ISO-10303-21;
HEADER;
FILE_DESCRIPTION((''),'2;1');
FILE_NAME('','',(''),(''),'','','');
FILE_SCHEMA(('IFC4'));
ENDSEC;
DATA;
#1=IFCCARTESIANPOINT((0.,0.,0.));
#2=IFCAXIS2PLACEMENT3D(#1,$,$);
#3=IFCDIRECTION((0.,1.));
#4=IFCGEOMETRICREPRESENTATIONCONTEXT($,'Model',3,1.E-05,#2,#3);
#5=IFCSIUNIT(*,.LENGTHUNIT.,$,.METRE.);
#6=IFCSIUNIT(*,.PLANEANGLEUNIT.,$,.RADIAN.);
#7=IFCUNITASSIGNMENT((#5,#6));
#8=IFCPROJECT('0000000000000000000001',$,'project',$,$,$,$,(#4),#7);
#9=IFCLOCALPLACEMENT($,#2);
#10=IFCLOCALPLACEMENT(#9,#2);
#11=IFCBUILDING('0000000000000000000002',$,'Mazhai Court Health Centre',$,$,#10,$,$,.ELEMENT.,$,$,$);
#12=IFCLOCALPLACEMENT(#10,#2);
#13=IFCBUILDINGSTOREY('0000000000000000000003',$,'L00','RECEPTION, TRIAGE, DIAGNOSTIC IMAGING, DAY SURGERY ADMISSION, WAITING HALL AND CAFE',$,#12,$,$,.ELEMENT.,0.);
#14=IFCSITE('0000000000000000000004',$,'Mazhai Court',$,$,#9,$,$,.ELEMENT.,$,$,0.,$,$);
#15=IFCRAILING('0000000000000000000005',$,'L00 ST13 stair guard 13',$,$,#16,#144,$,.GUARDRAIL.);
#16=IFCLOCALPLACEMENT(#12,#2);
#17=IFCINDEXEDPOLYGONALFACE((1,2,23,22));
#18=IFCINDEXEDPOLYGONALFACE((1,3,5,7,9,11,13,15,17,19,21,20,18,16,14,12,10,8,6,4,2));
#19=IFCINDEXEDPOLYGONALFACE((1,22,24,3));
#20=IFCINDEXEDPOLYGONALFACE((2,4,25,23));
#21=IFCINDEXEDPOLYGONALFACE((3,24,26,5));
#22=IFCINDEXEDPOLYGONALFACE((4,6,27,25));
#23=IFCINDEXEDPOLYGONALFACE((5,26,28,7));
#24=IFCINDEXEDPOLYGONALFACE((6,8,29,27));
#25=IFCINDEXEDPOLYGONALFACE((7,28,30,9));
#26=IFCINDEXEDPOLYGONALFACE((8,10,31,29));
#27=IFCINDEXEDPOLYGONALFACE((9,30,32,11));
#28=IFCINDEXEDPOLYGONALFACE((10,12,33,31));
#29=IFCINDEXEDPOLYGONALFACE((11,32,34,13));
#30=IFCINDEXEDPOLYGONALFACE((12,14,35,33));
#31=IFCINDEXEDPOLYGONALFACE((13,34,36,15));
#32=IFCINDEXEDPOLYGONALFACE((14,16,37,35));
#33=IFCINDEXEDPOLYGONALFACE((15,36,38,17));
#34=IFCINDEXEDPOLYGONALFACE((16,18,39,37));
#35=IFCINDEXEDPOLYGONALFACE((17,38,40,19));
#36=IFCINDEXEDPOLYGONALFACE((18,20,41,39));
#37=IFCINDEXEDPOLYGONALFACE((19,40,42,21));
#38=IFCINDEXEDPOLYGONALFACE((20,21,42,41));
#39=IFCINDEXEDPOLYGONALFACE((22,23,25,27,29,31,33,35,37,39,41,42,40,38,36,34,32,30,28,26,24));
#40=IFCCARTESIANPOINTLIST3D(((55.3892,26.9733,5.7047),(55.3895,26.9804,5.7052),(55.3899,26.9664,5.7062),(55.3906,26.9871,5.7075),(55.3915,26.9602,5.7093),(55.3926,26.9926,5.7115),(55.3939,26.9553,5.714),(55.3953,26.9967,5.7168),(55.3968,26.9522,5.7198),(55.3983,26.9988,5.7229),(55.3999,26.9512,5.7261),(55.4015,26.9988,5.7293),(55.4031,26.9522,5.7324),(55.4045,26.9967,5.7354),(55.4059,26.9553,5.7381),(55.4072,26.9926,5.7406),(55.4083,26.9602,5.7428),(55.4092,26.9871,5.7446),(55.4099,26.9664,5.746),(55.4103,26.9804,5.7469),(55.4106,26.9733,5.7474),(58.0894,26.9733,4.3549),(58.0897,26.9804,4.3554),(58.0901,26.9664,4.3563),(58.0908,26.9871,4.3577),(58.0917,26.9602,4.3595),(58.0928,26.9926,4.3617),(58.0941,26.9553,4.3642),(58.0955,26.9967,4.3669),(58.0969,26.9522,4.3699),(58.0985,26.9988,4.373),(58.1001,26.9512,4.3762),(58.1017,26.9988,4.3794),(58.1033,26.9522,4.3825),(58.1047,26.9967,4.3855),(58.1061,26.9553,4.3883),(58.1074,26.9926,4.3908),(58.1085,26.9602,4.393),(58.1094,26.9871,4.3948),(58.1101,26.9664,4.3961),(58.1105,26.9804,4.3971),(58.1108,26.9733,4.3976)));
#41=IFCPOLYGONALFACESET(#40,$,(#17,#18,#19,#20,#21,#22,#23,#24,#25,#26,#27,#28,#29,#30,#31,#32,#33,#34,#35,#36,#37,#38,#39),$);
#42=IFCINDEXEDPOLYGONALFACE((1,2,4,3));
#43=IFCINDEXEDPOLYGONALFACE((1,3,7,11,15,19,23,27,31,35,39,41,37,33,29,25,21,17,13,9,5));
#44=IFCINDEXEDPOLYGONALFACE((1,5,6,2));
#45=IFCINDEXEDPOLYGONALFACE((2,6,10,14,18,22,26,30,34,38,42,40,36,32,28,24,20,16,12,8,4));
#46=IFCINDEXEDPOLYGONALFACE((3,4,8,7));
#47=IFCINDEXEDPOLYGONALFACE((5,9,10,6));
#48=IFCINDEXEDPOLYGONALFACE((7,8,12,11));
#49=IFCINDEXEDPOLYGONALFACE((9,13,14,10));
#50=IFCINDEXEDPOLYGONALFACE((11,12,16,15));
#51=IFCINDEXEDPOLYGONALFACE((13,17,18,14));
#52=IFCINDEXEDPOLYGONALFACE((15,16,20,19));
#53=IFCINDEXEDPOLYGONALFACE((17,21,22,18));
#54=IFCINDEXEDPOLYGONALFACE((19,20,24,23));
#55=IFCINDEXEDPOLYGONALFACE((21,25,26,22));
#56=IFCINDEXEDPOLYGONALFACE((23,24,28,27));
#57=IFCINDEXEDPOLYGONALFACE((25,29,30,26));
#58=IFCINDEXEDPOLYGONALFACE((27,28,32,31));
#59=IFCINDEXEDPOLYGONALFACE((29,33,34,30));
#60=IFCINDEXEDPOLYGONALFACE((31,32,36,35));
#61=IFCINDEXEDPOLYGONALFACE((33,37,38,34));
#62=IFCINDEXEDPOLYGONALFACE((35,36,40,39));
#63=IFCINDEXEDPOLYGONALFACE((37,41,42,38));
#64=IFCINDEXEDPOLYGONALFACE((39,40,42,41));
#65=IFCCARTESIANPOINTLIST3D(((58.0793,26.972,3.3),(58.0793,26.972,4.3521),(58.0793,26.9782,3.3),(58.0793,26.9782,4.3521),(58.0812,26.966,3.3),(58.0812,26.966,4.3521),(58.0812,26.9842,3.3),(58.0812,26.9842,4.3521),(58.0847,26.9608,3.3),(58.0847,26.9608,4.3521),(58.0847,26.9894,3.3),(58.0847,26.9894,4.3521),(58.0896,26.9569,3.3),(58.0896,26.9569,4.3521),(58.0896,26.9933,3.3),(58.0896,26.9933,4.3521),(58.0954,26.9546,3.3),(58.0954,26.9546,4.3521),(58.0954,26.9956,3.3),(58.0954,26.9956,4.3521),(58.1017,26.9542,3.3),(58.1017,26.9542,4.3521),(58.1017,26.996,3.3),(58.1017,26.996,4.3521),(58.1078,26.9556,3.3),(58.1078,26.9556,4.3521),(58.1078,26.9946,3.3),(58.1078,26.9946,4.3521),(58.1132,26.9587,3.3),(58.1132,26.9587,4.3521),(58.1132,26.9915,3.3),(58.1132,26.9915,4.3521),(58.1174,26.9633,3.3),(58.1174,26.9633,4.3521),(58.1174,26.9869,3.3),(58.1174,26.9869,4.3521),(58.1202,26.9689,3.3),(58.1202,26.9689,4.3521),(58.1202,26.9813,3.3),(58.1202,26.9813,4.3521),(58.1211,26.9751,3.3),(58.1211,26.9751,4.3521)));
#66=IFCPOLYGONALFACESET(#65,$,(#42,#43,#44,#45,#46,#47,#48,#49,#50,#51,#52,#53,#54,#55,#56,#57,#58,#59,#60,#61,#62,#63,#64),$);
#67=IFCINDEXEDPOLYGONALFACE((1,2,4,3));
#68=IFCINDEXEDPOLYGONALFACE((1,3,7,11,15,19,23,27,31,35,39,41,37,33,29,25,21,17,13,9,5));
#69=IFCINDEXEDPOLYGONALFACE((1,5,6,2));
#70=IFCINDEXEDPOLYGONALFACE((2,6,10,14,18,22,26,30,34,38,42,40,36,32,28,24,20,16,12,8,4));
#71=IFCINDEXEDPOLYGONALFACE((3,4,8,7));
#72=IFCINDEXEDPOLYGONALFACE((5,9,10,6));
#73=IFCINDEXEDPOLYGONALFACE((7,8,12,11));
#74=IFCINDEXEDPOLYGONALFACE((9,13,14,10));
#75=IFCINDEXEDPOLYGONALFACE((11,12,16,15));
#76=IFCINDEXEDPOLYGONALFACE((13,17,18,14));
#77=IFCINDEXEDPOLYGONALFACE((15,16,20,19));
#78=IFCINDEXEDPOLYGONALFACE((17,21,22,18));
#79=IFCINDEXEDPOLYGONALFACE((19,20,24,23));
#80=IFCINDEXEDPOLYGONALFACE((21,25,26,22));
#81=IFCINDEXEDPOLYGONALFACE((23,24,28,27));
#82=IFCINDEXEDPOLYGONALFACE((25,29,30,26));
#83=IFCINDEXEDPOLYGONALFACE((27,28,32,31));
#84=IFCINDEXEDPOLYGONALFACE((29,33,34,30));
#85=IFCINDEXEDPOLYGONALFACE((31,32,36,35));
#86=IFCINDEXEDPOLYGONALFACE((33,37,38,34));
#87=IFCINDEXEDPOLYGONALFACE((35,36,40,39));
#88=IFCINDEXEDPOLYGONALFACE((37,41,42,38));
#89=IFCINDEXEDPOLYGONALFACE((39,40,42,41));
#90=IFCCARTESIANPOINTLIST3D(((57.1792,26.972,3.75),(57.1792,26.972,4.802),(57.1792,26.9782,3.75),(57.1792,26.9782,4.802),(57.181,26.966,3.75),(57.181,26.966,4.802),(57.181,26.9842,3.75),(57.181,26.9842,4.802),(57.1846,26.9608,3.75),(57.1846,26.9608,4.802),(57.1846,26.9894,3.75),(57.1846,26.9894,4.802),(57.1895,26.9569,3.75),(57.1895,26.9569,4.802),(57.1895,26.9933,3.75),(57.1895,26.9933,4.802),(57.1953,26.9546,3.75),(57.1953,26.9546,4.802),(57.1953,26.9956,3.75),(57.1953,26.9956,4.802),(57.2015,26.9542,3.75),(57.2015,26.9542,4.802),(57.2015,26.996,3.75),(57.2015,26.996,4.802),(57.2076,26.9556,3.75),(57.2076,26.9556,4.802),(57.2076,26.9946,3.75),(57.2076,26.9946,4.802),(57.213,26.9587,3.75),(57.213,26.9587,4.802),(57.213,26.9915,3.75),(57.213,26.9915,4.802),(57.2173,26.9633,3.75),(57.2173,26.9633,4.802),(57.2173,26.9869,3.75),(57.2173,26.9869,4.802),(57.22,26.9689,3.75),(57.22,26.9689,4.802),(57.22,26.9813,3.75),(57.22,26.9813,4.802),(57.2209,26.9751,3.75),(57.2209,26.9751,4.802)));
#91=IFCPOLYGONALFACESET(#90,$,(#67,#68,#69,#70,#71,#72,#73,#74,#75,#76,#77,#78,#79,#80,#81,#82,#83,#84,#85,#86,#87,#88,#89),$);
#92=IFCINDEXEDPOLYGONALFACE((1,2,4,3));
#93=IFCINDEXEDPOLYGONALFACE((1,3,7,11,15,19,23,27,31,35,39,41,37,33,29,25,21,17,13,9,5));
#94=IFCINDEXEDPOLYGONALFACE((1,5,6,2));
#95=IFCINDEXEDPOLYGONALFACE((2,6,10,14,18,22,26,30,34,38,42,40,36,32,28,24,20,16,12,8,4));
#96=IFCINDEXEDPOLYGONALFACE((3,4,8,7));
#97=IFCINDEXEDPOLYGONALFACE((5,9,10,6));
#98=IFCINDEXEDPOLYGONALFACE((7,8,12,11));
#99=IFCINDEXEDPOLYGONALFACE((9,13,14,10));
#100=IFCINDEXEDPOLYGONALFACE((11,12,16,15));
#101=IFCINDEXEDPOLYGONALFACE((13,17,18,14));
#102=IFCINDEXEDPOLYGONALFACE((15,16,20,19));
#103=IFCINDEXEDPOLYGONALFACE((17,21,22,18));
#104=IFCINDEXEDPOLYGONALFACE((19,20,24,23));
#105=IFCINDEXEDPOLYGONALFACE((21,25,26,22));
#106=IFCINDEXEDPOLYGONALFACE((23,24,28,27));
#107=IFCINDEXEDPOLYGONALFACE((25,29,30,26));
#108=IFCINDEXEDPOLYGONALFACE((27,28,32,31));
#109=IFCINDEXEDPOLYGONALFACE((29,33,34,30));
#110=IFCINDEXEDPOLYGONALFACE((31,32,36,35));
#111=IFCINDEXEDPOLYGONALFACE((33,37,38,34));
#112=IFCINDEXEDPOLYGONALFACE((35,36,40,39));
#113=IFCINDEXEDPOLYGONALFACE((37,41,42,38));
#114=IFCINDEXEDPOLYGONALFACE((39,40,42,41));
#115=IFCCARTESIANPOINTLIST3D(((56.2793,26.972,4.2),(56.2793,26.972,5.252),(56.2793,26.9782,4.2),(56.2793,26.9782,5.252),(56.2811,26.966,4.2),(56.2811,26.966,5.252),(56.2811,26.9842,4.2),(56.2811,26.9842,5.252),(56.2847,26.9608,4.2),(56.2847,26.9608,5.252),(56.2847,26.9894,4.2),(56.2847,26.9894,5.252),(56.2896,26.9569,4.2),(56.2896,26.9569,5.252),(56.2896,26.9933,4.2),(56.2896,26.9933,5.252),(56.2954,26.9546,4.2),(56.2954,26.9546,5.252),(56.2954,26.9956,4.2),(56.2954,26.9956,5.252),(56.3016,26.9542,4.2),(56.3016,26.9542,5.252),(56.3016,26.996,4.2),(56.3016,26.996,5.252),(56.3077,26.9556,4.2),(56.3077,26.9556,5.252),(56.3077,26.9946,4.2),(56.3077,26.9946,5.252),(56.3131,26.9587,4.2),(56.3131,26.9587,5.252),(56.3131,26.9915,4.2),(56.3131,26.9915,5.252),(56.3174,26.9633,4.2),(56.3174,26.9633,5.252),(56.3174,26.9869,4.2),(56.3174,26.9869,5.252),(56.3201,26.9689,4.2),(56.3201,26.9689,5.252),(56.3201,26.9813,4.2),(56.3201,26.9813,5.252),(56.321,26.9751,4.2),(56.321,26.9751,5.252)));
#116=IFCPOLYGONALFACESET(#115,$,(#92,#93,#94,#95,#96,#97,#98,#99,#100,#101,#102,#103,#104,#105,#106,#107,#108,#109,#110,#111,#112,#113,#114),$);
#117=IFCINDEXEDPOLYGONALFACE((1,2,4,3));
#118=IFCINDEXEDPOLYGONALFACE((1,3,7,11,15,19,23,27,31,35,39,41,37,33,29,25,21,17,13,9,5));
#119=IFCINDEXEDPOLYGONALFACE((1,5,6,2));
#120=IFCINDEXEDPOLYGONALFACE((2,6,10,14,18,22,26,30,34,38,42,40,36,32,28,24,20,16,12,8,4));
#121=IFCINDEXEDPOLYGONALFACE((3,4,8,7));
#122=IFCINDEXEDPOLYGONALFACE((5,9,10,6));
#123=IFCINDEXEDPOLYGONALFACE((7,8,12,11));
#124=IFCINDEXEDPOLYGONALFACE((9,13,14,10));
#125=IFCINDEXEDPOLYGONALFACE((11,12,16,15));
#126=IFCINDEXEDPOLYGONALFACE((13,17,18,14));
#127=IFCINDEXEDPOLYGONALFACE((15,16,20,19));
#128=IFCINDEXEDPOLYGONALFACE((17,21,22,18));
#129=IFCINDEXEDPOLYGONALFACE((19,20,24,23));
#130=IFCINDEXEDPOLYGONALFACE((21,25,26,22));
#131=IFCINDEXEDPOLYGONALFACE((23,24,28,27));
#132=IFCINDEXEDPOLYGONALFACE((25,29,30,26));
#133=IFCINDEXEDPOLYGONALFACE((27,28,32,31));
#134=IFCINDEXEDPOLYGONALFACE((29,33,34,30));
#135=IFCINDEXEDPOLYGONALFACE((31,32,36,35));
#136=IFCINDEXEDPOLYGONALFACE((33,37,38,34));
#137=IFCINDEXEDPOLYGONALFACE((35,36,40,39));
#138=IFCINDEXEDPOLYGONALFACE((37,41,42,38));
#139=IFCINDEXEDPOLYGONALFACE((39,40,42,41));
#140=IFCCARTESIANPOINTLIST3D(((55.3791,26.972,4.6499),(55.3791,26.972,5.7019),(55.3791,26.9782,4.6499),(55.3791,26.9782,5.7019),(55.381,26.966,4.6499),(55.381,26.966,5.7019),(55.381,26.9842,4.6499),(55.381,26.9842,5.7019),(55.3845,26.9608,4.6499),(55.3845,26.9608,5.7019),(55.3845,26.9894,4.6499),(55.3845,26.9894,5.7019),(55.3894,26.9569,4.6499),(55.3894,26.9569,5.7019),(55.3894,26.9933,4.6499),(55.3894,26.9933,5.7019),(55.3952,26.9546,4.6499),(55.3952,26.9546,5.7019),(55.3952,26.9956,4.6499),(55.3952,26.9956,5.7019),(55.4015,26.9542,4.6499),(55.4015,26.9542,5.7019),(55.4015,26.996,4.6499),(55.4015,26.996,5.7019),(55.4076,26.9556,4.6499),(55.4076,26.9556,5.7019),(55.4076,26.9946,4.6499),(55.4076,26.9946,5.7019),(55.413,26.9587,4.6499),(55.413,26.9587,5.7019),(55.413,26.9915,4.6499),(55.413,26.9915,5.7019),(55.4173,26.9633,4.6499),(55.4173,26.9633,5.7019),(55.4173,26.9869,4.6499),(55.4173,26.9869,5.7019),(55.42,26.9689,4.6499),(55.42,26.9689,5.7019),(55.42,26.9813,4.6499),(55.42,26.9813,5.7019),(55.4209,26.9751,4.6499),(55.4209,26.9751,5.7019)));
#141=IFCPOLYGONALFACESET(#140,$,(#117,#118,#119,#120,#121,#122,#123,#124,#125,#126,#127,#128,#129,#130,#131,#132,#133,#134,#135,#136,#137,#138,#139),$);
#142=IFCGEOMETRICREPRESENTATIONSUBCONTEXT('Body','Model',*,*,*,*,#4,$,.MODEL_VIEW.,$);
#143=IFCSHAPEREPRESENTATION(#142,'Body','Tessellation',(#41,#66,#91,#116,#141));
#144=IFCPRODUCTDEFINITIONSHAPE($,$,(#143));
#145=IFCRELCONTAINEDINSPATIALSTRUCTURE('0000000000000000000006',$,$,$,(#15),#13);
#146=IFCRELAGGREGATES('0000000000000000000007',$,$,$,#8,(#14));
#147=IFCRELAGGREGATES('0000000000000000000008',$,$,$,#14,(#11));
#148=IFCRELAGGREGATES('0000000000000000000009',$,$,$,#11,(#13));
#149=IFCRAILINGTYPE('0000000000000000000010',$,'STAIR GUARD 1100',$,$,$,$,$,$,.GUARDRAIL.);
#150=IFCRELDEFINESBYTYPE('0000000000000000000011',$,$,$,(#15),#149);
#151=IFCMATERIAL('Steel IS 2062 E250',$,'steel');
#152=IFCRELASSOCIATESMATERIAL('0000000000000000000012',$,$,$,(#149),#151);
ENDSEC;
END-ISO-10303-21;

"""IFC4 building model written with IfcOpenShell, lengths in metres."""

from ifc_helpers import new_model, si_unit, direction, frame, origin, origin_2d, place, context, subcontext, project, spatial, circle, extrude, material, type_object, element, save


model = new_model("IFC4")

# Units and contexts
model_context = context("Model", 3, precision=1e-05, world=origin(), true_north=direction((0.0, 1.0)))
body_context = subcontext(model_context, "Body", "Model", "MODEL_VIEW")
ifc_project = project(units=[si_unit("LENGTHUNIT", "METRE"), si_unit("PLANEANGLEUNIT", "RADIAN")], contexts=[model_context])

# Site, building, storey
site_placement = place(None, origin())
site = spatial("IfcSite", under=ifc_project, at=site_placement, Name="Mazhai Court", CompositionType="ELEMENT", RefElevation=0.0)
building_placement = place(site_placement, origin())
building = spatial("IfcBuilding", under=site, at=building_placement, Name="Mazhai Court Health Centre", CompositionType="ELEMENT")
storey_placement = place(building_placement, origin())
storey = spatial("IfcBuildingStorey", under=building, at=storey_placement, Name="L00", Description="RECEPTION, TRIAGE, DIAGNOSTIC IMAGING, DAY SURGERY ADMISSION, WAITING HALL AND CAFE", CompositionType="ELEMENT", Elevation=0.0)

# Railing
ifc_material_1 = material(Name="Steel IS 2062 E250", Category="steel")
railing_type_1 = type_object("IfcRailingType", Name="STAIR GUARD 1100", PredefinedType="GUARDRAIL", material=ifc_material_1)
for number, where, name in (
    (1, (58.1001, 26.9751, 3.3), "L00 ST13 stair guard 13"),
):
    element("IfcRailing", number, at=place(storey_placement, frame(where)), inside=storey, type_object=railing_type_1, Name=name, PredefinedType="GUARDRAIL", context=body_context, shape_type="SweptSolid", body=[
        extrude(circle(Radius=0.0239, at=origin_2d()), frame((0.0, 0.0, 1.0762), z_axis=(-0.89446, 0.0, 0.447149), x_axis=(0.0, -1.0, 0.0)), (0.0, 0.0, 1.0), 3.0188),
        extrude(circle(Radius=0.021, at=origin_2d()), origin(), (0.0, 0.0, 1.0), 1.052),
        extrude(circle(Radius=0.021, at=origin_2d()), frame((-0.9001, 0.0, 0.45)), (0.0, 0.0, 1.0), 1.052),
        extrude(circle(Radius=0.021, at=origin_2d()), frame((-1.8, 0.0, 0.8999)), (0.0, 0.0, 1.0), 1.052),
        extrude(circle(Radius=0.021, at=origin_2d()), frame((-2.7002, 0.0, 1.3499)), (0.0, 0.0, 1.0), 1.052),
    ])

save(model, "model.ifc")
